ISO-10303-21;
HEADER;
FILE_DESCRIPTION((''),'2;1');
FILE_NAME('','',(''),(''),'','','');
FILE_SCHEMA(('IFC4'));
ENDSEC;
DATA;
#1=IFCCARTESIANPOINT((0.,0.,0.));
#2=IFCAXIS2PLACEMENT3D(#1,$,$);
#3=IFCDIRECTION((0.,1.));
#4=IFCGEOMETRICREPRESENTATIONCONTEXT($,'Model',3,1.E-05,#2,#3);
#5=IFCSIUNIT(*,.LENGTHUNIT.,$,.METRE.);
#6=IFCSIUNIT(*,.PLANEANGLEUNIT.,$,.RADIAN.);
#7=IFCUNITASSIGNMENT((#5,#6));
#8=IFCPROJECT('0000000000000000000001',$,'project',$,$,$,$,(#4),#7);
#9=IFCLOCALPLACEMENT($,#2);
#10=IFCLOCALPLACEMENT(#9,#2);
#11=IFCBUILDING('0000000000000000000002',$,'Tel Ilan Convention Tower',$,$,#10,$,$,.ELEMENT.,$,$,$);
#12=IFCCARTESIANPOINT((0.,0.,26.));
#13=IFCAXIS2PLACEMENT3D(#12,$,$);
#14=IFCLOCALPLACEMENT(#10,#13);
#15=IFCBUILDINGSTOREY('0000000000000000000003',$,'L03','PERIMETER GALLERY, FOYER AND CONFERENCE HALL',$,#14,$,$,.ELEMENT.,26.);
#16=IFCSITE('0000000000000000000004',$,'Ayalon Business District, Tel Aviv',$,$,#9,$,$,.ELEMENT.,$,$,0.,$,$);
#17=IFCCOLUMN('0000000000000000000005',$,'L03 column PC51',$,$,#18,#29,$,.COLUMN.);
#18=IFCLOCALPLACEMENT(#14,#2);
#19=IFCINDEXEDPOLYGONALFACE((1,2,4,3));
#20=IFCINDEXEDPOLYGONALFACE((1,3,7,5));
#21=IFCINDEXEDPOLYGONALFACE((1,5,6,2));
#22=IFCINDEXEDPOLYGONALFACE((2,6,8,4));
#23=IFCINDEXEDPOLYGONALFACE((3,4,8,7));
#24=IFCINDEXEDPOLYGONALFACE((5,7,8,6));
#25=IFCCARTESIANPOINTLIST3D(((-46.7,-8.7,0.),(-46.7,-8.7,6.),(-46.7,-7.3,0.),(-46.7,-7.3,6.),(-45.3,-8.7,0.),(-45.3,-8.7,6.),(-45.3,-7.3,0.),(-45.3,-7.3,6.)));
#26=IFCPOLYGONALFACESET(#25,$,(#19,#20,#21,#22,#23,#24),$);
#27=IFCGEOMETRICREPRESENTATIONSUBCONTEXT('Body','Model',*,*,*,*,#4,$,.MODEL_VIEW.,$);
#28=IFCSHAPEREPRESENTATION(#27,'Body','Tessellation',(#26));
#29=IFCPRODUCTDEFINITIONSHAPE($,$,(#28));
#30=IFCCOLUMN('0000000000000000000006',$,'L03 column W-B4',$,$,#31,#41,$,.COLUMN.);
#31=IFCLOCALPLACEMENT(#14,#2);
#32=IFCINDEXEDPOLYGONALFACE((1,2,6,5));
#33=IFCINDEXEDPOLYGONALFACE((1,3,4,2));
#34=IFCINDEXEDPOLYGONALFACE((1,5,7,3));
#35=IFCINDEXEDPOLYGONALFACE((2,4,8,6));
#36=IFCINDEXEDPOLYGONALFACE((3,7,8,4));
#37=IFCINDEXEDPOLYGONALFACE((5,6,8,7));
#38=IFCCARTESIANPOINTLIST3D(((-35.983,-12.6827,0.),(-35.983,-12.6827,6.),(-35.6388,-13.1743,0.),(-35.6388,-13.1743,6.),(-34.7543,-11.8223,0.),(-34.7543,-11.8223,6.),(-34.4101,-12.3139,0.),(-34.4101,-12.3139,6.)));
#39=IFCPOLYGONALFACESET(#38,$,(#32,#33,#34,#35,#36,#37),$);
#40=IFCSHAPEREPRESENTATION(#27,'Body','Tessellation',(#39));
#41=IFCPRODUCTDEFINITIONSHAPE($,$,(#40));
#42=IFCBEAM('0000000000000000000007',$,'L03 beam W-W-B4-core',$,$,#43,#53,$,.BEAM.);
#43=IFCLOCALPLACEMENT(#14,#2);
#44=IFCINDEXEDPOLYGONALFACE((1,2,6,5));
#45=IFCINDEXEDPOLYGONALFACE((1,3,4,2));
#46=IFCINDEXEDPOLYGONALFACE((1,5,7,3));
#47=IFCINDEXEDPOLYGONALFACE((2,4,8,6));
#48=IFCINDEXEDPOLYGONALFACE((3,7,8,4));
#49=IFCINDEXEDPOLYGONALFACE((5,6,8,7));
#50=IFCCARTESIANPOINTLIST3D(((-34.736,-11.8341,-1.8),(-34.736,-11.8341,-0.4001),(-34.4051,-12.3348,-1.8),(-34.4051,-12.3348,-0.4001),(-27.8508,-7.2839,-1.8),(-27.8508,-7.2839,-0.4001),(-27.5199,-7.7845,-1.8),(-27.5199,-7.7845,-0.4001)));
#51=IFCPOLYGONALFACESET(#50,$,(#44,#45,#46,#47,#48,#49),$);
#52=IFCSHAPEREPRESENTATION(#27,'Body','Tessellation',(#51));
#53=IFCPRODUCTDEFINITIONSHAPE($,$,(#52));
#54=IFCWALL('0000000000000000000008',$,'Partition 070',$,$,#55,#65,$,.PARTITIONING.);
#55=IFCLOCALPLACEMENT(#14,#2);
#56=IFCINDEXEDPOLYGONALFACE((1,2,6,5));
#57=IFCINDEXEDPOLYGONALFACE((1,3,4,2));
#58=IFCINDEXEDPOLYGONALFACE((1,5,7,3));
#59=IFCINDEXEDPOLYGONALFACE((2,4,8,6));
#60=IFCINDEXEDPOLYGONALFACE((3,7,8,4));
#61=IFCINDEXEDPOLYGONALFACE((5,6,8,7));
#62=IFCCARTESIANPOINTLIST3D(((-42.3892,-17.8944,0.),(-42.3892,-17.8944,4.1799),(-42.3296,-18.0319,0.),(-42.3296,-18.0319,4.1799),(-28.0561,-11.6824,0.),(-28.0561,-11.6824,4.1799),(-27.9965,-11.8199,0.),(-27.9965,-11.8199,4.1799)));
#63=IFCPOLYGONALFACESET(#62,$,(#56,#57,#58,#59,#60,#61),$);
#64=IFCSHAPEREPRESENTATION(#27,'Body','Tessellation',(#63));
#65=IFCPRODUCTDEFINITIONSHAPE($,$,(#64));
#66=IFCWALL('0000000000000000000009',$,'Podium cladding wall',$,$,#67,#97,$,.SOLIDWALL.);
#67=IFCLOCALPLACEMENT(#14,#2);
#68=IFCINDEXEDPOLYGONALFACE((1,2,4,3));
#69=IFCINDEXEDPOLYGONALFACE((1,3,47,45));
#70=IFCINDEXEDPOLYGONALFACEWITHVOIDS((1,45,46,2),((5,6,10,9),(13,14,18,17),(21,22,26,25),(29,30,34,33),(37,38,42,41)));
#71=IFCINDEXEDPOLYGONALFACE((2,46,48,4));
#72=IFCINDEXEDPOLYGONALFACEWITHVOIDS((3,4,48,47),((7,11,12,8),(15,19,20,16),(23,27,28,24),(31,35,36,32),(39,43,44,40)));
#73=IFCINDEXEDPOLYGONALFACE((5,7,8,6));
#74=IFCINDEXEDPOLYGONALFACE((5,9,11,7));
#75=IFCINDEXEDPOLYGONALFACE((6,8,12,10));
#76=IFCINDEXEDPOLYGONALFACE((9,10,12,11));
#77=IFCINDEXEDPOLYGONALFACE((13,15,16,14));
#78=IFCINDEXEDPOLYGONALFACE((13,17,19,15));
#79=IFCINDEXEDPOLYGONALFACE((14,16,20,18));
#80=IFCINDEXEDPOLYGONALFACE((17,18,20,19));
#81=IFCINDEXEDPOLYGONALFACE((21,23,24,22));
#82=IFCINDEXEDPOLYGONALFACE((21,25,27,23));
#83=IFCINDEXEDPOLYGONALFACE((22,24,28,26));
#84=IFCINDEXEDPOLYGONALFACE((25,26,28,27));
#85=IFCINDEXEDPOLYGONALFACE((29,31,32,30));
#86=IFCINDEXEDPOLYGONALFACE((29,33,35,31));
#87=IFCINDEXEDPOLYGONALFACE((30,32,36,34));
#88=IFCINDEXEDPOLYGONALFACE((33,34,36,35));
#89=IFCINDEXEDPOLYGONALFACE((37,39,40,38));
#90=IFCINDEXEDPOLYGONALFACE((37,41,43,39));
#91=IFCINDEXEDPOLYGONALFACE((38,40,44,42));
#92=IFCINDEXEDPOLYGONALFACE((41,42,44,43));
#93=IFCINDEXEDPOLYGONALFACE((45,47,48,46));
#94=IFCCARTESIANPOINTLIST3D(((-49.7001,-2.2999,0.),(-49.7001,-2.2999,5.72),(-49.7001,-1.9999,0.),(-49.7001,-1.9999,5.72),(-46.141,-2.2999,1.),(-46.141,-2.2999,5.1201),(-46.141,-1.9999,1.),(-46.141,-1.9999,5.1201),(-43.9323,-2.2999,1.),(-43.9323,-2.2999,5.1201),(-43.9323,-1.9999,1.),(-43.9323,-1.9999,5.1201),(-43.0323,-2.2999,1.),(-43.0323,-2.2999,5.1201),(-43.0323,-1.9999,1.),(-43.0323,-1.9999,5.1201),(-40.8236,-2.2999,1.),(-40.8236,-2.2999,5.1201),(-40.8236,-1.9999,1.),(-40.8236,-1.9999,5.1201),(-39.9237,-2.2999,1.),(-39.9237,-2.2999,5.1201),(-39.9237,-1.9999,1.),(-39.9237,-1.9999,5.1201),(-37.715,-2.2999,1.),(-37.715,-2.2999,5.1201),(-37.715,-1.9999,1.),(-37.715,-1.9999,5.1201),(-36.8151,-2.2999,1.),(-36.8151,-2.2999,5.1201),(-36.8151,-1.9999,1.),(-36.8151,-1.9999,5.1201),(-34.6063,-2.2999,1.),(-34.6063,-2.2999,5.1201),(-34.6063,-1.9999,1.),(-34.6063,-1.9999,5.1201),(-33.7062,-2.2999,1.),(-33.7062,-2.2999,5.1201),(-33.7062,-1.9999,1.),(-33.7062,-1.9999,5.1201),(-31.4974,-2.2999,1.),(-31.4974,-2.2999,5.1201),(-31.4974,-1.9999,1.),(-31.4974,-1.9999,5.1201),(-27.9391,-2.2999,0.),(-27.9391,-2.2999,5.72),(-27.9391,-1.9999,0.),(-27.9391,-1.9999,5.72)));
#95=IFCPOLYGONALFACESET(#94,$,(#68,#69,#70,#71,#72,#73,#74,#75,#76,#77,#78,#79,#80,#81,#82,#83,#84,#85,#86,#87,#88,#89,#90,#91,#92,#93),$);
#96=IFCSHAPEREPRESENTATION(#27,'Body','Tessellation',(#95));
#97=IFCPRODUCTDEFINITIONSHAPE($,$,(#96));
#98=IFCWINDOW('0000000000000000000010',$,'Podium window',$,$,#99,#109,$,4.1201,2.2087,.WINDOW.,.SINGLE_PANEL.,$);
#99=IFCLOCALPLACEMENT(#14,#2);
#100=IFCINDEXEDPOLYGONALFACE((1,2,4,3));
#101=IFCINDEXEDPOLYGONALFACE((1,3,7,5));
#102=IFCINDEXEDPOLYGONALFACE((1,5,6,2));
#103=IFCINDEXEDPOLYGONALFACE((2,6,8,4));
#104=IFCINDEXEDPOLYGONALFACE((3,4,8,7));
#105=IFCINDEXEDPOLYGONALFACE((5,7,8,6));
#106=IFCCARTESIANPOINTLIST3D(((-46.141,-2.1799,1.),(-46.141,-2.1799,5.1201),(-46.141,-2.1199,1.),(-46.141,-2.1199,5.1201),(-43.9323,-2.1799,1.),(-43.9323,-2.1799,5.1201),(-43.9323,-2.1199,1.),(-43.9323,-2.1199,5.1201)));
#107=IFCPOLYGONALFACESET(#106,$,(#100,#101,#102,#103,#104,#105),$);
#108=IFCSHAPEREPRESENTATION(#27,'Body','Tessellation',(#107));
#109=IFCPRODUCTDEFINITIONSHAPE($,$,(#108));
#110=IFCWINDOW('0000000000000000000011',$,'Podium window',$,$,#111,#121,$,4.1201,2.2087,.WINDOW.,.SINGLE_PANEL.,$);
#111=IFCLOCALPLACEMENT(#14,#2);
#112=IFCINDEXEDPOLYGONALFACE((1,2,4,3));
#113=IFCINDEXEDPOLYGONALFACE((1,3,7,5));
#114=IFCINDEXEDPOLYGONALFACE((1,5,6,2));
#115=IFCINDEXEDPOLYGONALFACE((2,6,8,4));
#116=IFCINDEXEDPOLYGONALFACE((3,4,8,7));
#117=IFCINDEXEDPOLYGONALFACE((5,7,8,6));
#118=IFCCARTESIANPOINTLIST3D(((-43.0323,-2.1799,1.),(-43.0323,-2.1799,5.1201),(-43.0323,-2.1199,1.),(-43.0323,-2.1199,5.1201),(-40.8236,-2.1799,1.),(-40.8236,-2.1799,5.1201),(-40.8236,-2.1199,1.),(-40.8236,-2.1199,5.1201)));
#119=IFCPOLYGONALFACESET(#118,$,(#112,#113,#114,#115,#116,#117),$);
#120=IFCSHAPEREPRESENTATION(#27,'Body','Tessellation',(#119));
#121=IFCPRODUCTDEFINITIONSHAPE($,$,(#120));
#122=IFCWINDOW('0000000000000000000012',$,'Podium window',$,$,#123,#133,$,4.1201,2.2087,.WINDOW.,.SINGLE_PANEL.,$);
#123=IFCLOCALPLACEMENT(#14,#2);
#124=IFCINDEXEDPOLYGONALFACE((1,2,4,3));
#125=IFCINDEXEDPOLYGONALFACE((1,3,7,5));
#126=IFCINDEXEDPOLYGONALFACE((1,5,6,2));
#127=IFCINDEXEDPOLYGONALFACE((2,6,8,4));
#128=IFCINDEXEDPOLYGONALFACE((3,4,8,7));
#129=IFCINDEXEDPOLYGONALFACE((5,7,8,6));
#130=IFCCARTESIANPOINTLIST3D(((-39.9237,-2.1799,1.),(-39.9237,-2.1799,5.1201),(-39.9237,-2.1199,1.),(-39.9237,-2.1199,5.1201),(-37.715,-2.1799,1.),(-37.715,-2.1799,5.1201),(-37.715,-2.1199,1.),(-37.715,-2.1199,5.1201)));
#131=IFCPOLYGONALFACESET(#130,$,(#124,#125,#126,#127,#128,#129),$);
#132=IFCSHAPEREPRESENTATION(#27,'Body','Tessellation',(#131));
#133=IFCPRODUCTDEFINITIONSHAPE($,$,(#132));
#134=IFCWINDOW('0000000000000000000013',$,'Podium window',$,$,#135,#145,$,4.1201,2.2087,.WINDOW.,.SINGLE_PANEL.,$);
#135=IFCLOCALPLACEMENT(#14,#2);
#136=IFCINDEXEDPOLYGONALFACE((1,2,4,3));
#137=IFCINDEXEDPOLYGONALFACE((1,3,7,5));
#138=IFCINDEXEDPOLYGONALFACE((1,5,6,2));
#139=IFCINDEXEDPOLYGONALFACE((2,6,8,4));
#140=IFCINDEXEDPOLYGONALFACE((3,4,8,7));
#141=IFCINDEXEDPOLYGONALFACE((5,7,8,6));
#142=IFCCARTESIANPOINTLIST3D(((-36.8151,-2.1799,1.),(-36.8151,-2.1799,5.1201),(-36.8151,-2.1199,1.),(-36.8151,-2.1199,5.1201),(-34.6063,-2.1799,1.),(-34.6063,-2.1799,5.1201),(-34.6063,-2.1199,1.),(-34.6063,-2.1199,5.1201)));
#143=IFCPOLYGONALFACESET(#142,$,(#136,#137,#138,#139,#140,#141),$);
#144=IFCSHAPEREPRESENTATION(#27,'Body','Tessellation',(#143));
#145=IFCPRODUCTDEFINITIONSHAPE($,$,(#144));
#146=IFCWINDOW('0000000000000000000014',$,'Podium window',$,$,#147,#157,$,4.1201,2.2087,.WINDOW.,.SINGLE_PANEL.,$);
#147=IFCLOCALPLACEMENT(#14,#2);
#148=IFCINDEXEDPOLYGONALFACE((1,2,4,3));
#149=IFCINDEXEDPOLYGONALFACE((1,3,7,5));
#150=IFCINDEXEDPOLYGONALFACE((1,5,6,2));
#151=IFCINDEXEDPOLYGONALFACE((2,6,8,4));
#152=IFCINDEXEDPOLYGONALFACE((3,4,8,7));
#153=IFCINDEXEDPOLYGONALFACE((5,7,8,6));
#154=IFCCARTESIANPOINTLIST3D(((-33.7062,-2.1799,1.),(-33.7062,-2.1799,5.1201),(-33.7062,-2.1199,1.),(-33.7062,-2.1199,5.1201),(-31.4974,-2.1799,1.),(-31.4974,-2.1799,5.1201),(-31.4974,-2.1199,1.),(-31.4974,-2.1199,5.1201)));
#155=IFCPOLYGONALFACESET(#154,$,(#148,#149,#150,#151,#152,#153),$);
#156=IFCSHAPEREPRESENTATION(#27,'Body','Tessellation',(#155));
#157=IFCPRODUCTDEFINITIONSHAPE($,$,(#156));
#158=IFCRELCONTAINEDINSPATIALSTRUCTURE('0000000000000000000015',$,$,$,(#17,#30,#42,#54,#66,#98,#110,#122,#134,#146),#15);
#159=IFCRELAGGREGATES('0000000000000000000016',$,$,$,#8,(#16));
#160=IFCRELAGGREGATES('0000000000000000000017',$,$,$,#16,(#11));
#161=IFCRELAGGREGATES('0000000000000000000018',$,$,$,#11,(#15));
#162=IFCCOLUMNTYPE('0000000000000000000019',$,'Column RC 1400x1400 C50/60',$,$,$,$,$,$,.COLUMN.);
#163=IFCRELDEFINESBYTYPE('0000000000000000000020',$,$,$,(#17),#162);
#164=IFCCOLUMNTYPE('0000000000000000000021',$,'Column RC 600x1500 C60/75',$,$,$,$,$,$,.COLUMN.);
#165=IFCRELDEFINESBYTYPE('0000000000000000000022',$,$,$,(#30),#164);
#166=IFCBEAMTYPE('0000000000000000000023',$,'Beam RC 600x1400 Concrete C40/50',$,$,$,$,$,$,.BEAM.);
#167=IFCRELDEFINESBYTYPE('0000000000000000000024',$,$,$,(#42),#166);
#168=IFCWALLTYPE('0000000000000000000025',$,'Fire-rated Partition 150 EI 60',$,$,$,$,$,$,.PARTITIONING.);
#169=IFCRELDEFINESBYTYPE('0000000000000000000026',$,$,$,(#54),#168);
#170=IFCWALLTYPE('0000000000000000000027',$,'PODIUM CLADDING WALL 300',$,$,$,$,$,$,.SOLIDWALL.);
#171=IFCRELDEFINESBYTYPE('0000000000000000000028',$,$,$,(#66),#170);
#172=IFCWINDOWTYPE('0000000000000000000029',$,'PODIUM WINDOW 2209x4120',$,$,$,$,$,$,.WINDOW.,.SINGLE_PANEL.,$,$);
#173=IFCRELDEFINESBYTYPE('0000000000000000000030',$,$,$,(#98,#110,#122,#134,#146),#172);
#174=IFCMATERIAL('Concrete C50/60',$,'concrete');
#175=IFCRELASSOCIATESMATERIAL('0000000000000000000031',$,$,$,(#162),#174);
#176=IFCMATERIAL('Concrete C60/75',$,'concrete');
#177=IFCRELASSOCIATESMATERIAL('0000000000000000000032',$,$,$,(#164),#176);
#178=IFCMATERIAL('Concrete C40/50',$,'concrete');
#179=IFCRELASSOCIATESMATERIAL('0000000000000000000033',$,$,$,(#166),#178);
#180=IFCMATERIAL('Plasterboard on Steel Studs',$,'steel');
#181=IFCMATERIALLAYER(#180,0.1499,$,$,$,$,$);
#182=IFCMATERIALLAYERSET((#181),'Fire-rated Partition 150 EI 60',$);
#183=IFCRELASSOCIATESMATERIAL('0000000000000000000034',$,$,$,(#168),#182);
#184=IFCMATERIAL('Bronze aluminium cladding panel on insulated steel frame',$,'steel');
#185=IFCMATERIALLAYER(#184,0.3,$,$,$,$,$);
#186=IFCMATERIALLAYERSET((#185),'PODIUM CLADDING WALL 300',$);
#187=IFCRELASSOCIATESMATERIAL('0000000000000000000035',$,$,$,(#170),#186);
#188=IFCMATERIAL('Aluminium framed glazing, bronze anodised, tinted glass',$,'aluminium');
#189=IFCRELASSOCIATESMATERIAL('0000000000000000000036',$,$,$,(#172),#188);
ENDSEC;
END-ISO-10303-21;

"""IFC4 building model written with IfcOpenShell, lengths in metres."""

from ifc_helpers import new_model, si_unit, direction, frame, frame_2d, origin, origin_2d, place, context, subcontext, project, spatial, rectangle, extrude, material, layer, layer_set, material_profile, profile_set, type_object, element, fill, save


model = new_model("IFC4")

# Units and contexts
model_context = context("Model", 3, precision=1e-05, world=origin(), true_north=direction((0.0, 1.0)))
body_context = subcontext(model_context, "Body", "Model", "MODEL_VIEW")
ifc_project = project(units=[si_unit("LENGTHUNIT", "METRE"), si_unit("PLANEANGLEUNIT", "RADIAN")], contexts=[model_context])

# Site, building, storey
site_placement = place(None, origin())
site = spatial("IfcSite", under=ifc_project, at=site_placement, Name="Ayalon Business District, Tel Aviv", CompositionType="ELEMENT", RefElevation=0.0)
building_placement = place(site_placement, origin())
building = spatial("IfcBuilding", under=site, at=building_placement, Name="Tel Ilan Convention Tower", CompositionType="ELEMENT")
storey_placement = place(building_placement, frame((0.0, 0.0, 26.0)))
storey = spatial("IfcBuildingStorey", under=building, at=storey_placement, Name="L03", Description="PERIMETER GALLERY, FOYER AND CONFERENCE HALL", CompositionType="ELEMENT", Elevation=26.0)

# Columns
ifc_material_1 = material(Name="Concrete C50/60", Category="concrete")
ifc_material_profile_1 = material_profile(ifc_material_1, rectangle(XDim=1.3999, YDim=1.3999, at=origin_2d()), Name="RC 1400x1400")
ifc_profile_set_1 = profile_set([ifc_material_profile_1], Name="Concrete C50/60")
column_type_1 = type_object("IfcColumnType", Name="Column RC 1400x1400 C50/60", PredefinedType="COLUMN", material=ifc_profile_set_1)
column_1_placement = place(storey_placement, frame((-46.0, -8.0, 0.0), z_axis=(0.0, 0.0, 1.0), x_axis=(1.0, 0.0, 0.0)))
element("IfcColumn", 1, at=column_1_placement, inside=storey, type_object=column_type_1, Name="L03 column PC51", PredefinedType="COLUMN", context=body_context, shape_type="SweptSolid", body=[
    extrude(rectangle(XDim=1.3999, YDim=1.3999, at=origin_2d()), origin(), (0.0, 0.0, 1.0), 6.0),
])
ifc_material_2 = material(Name="Concrete C60/75", Category="concrete")
ifc_material_profile_2 = material_profile(ifc_material_2, rectangle(XDim=1.5, YDim=0.6001, at=origin_2d()), Name="RC 600x1500")
ifc_profile_set_2 = profile_set([ifc_material_profile_2], Name="Concrete C60/75")
column_type_2 = type_object("IfcColumnType", Name="Column RC 600x1500 C60/75", PredefinedType="COLUMN", material=ifc_profile_set_2)
column_2_placement = place(storey_placement, frame((-35.1965, -12.4983, 0.0), z_axis=(0.0, 0.0, 1.0), x_axis=(-0.819152, -0.573576, 0.0)))
element("IfcColumn", 2, at=column_2_placement, inside=storey, type_object=column_type_2, Name="L03 column W-B4", PredefinedType="COLUMN", context=body_context, shape_type="SweptSolid", body=[
    extrude(rectangle(XDim=1.5, YDim=0.6001, at=origin_2d()), origin(), (0.0, 0.0, 1.0), 6.0),
])

# Beam
ifc_material_3 = material(Name="Concrete C40/50", Category="concrete")
ifc_material_profile_3 = material_profile(ifc_material_3, rectangle(XDim=0.6001, YDim=1.3999, at=origin_2d()), Name="RC 600x1400")
ifc_profile_set_3 = profile_set([ifc_material_profile_3], Name="Concrete C40/50")
beam_type = type_object("IfcBeamType", Name="Beam RC 600x1400 Concrete C40/50", PredefinedType="BEAM", material=ifc_profile_set_3)
beam_placement = place(storey_placement, frame((-34.5706, -12.0845, -1.1001), z_axis=(0.834274, 0.551351, 0.0), x_axis=(-0.551351, 0.834274, 0.0)))
element("IfcBeam", 3, at=beam_placement, inside=storey, type_object=beam_type, Name="L03 beam W-W-B4-core", PredefinedType="BEAM", context=body_context, shape_type="SweptSolid", body=[
    extrude(rectangle(XDim=0.6001, YDim=1.3999, at=origin_2d()), origin(), (0.0, 0.0, 1.0), 8.2529),
])

# Wall
ifc_material_4 = material(Name="Plasterboard on Steel Studs", Category="steel")
ifc_layer_1 = layer(ifc_material_4, 0.1499)
ifc_layer_set_1 = layer_set([ifc_layer_1], Name="Fire-rated Partition 150 EI 60")
wall_type_1 = type_object("IfcWallType", Name="Fire-rated Partition 150 EI 60", PredefinedType="PARTITIONING", material=ifc_layer_set_1)
wall_1_placement = place(storey_placement, frame((-28.0264, -11.7512, 0.0), z_axis=(0.0, 0.0, 1.0), x_axis=(-0.917534, -0.397658, 0.0)))
element("IfcWall", 4, at=wall_1_placement, inside=storey, type_object=wall_type_1, Name="Partition 070", PredefinedType="PARTITIONING", context=body_context, shape_type="SweptSolid", body=[
    extrude(rectangle(XDim=15.6213, YDim=0.1499, at=frame_2d((7.8105, 0.0))), origin(), (0.0, 0.0, 1.0), 4.1799),
])

# Wall, openings, windows
ifc_material_5 = material(Name="Bronze aluminium cladding panel on insulated steel frame", Category="steel")
ifc_layer_2 = layer(ifc_material_5, 0.3)
ifc_layer_set_2 = layer_set([ifc_layer_2], Name="PODIUM CLADDING WALL 300")
wall_type_2 = type_object("IfcWallType", Name="PODIUM CLADDING WALL 300", PredefinedType="SOLIDWALL", material=ifc_layer_set_2)
wall_2_placement = place(storey_placement, frame((-49.7, -2.1499, 0.0), z_axis=(0.0, 0.0, 1.0), x_axis=(1.0, 0.0, 0.0)))
wall_2 = element("IfcWall", 5, at=wall_2_placement, inside=storey, type_object=wall_type_2, Name="Podium cladding wall", PredefinedType="SOLIDWALL", context=body_context, shape_type="SweptSolid", body=[
    extrude(rectangle(XDim=21.761, YDim=0.3, at=frame_2d((10.8804, 0.0))), origin(), (0.0, 0.0, 1.0), 5.72),
])
opening_1_placement = place(wall_2_placement, frame((3.5588, 0.0, 1.0)))
opening_1 = element("IfcOpeningElement", 6, at=opening_1_placement, cuts=wall_2, PredefinedType="OPENING", context=body_context, shape_type="SweptSolid", body=[
    extrude(rectangle(XDim=2.2087, YDim=4.1201, at=frame_2d((1.1045, 2.0601))), frame((0.0, 0.1599, 0.0), z_axis=(0.0, -1.0, 0.0), x_axis=(1.0, 0.0, 0.0)), (0.0, 0.0, 1.0), 0.3201),
])
opening_2_placement = place(wall_2_placement, frame((6.6675, 0.0, 1.0)))
opening_2 = element("IfcOpeningElement", 7, at=opening_2_placement, cuts=wall_2, PredefinedType="OPENING", context=body_context, shape_type="SweptSolid", body=[
    extrude(rectangle(XDim=2.2087, YDim=4.1201, at=frame_2d((1.1045, 2.0601))), frame((0.0, 0.1599, 0.0), z_axis=(0.0, -1.0, 0.0), x_axis=(1.0, 0.0, 0.0)), (0.0, 0.0, 1.0), 0.3201),
])
opening_3_placement = place(wall_2_placement, frame((9.7761, 0.0, 1.0)))
opening_3 = element("IfcOpeningElement", 8, at=opening_3_placement, cuts=wall_2, PredefinedType="OPENING", context=body_context, shape_type="SweptSolid", body=[
    extrude(rectangle(XDim=2.2087, YDim=4.1201, at=frame_2d((1.1045, 2.0601))), frame((0.0, 0.1599, 0.0), z_axis=(0.0, -1.0, 0.0), x_axis=(1.0, 0.0, 0.0)), (0.0, 0.0, 1.0), 0.3201),
])
opening_4_placement = place(wall_2_placement, frame((12.8848, 0.0, 1.0)))
opening_4 = element("IfcOpeningElement", 9, at=opening_4_placement, cuts=wall_2, PredefinedType="OPENING", context=body_context, shape_type="SweptSolid", body=[
    extrude(rectangle(XDim=2.2087, YDim=4.1201, at=frame_2d((1.1045, 2.0601))), frame((0.0, 0.1599, 0.0), z_axis=(0.0, -1.0, 0.0), x_axis=(1.0, 0.0, 0.0)), (0.0, 0.0, 1.0), 0.3201),
])
opening_5_placement = place(wall_2_placement, frame((15.9937, 0.0, 1.0)))
opening_5 = element("IfcOpeningElement", 10, at=opening_5_placement, cuts=wall_2, PredefinedType="OPENING", context=body_context, shape_type="SweptSolid", body=[
    extrude(rectangle(XDim=2.2087, YDim=4.1201, at=frame_2d((1.1045, 2.0601))), frame((0.0, 0.1599, 0.0), z_axis=(0.0, -1.0, 0.0), x_axis=(1.0, 0.0, 0.0)), (0.0, 0.0, 1.0), 0.3201),
])
ifc_material_6 = material(Name="Aluminium framed glazing, bronze anodised, tinted glass", Category="aluminium")
window_type_1 = type_object("IfcWindowType", Name="PODIUM WINDOW 2209x4120", PartitioningType="SINGLE_PANEL", PredefinedType="WINDOW", material=ifc_material_6)
window_1_placement = place(opening_1_placement, origin())
window_1 = element("IfcWindow", 11, at=window_1_placement, inside=storey, type_object=window_type_1, Name="Podium window", OverallHeight=4.1201, OverallWidth=2.2087, PartitioningType="SINGLE_PANEL", PredefinedType="WINDOW", context=body_context, shape_type="SweptSolid", body=[
    extrude(rectangle(XDim=2.2087, YDim=4.1201, at=frame_2d((1.1045, 2.0601))), frame((0.0, 0.03, 0.0), z_axis=(0.0, -1.0, 0.0), x_axis=(1.0, 0.0, 0.0)), (0.0, 0.0, 1.0), 0.0601),
])
fill(opening_1, window_1)
window_2_placement = place(opening_2_placement, origin())
window_2 = element("IfcWindow", 12, at=window_2_placement, inside=storey, type_object=window_type_1, Name="Podium window", OverallHeight=4.1201, OverallWidth=2.2087, PartitioningType="SINGLE_PANEL", PredefinedType="WINDOW", context=body_context, shape_type="SweptSolid", body=[
    extrude(rectangle(XDim=2.2087, YDim=4.1201, at=frame_2d((1.1045, 2.0601))), frame((0.0, 0.03, 0.0), z_axis=(0.0, -1.0, 0.0), x_axis=(1.0, 0.0, 0.0)), (0.0, 0.0, 1.0), 0.0601),
])
fill(opening_2, window_2)
window_3_placement = place(opening_3_placement, origin())
window_3 = element("IfcWindow", 13, at=window_3_placement, inside=storey, type_object=window_type_1, Name="Podium window", OverallHeight=4.1201, OverallWidth=2.2087, PartitioningType="SINGLE_PANEL", PredefinedType="WINDOW", context=body_context, shape_type="SweptSolid", body=[
    extrude(rectangle(XDim=2.2087, YDim=4.1201, at=frame_2d((1.1045, 2.0601))), frame((0.0, 0.03, 0.0), z_axis=(0.0, -1.0, 0.0), x_axis=(1.0, 0.0, 0.0)), (0.0, 0.0, 1.0), 0.0601),
])
fill(opening_3, window_3)
window_4_placement = place(opening_4_placement, origin())
window_4 = element("IfcWindow", 14, at=window_4_placement, inside=storey, type_object=window_type_1, Name="Podium window", OverallHeight=4.1201, OverallWidth=2.2087, PartitioningType="SINGLE_PANEL", PredefinedType="WINDOW", context=body_context, shape_type="SweptSolid", body=[
    extrude(rectangle(XDim=2.2087, YDim=4.1201, at=frame_2d((1.1045, 2.0601))), frame((0.0, 0.03, 0.0), z_axis=(0.0, -1.0, 0.0), x_axis=(1.0, 0.0, 0.0)), (0.0, 0.0, 1.0), 0.0601),
])
fill(opening_4, window_4)
window_5_placement = place(opening_5_placement, origin())
window_5 = element("IfcWindow", 15, at=window_5_placement, inside=storey, type_object=window_type_1, Name="Podium window", OverallHeight=4.1201, OverallWidth=2.2087, PartitioningType="SINGLE_PANEL", PredefinedType="WINDOW", context=body_context, shape_type="SweptSolid", body=[
    extrude(rectangle(XDim=2.2087, YDim=4.1201, at=frame_2d((1.1045, 2.0601))), frame((0.0, 0.03, 0.0), z_axis=(0.0, -1.0, 0.0), x_axis=(1.0, 0.0, 0.0)), (0.0, 0.0, 1.0), 0.0601),
])
fill(opening_5, window_5)

save(model, "model.ifc")
